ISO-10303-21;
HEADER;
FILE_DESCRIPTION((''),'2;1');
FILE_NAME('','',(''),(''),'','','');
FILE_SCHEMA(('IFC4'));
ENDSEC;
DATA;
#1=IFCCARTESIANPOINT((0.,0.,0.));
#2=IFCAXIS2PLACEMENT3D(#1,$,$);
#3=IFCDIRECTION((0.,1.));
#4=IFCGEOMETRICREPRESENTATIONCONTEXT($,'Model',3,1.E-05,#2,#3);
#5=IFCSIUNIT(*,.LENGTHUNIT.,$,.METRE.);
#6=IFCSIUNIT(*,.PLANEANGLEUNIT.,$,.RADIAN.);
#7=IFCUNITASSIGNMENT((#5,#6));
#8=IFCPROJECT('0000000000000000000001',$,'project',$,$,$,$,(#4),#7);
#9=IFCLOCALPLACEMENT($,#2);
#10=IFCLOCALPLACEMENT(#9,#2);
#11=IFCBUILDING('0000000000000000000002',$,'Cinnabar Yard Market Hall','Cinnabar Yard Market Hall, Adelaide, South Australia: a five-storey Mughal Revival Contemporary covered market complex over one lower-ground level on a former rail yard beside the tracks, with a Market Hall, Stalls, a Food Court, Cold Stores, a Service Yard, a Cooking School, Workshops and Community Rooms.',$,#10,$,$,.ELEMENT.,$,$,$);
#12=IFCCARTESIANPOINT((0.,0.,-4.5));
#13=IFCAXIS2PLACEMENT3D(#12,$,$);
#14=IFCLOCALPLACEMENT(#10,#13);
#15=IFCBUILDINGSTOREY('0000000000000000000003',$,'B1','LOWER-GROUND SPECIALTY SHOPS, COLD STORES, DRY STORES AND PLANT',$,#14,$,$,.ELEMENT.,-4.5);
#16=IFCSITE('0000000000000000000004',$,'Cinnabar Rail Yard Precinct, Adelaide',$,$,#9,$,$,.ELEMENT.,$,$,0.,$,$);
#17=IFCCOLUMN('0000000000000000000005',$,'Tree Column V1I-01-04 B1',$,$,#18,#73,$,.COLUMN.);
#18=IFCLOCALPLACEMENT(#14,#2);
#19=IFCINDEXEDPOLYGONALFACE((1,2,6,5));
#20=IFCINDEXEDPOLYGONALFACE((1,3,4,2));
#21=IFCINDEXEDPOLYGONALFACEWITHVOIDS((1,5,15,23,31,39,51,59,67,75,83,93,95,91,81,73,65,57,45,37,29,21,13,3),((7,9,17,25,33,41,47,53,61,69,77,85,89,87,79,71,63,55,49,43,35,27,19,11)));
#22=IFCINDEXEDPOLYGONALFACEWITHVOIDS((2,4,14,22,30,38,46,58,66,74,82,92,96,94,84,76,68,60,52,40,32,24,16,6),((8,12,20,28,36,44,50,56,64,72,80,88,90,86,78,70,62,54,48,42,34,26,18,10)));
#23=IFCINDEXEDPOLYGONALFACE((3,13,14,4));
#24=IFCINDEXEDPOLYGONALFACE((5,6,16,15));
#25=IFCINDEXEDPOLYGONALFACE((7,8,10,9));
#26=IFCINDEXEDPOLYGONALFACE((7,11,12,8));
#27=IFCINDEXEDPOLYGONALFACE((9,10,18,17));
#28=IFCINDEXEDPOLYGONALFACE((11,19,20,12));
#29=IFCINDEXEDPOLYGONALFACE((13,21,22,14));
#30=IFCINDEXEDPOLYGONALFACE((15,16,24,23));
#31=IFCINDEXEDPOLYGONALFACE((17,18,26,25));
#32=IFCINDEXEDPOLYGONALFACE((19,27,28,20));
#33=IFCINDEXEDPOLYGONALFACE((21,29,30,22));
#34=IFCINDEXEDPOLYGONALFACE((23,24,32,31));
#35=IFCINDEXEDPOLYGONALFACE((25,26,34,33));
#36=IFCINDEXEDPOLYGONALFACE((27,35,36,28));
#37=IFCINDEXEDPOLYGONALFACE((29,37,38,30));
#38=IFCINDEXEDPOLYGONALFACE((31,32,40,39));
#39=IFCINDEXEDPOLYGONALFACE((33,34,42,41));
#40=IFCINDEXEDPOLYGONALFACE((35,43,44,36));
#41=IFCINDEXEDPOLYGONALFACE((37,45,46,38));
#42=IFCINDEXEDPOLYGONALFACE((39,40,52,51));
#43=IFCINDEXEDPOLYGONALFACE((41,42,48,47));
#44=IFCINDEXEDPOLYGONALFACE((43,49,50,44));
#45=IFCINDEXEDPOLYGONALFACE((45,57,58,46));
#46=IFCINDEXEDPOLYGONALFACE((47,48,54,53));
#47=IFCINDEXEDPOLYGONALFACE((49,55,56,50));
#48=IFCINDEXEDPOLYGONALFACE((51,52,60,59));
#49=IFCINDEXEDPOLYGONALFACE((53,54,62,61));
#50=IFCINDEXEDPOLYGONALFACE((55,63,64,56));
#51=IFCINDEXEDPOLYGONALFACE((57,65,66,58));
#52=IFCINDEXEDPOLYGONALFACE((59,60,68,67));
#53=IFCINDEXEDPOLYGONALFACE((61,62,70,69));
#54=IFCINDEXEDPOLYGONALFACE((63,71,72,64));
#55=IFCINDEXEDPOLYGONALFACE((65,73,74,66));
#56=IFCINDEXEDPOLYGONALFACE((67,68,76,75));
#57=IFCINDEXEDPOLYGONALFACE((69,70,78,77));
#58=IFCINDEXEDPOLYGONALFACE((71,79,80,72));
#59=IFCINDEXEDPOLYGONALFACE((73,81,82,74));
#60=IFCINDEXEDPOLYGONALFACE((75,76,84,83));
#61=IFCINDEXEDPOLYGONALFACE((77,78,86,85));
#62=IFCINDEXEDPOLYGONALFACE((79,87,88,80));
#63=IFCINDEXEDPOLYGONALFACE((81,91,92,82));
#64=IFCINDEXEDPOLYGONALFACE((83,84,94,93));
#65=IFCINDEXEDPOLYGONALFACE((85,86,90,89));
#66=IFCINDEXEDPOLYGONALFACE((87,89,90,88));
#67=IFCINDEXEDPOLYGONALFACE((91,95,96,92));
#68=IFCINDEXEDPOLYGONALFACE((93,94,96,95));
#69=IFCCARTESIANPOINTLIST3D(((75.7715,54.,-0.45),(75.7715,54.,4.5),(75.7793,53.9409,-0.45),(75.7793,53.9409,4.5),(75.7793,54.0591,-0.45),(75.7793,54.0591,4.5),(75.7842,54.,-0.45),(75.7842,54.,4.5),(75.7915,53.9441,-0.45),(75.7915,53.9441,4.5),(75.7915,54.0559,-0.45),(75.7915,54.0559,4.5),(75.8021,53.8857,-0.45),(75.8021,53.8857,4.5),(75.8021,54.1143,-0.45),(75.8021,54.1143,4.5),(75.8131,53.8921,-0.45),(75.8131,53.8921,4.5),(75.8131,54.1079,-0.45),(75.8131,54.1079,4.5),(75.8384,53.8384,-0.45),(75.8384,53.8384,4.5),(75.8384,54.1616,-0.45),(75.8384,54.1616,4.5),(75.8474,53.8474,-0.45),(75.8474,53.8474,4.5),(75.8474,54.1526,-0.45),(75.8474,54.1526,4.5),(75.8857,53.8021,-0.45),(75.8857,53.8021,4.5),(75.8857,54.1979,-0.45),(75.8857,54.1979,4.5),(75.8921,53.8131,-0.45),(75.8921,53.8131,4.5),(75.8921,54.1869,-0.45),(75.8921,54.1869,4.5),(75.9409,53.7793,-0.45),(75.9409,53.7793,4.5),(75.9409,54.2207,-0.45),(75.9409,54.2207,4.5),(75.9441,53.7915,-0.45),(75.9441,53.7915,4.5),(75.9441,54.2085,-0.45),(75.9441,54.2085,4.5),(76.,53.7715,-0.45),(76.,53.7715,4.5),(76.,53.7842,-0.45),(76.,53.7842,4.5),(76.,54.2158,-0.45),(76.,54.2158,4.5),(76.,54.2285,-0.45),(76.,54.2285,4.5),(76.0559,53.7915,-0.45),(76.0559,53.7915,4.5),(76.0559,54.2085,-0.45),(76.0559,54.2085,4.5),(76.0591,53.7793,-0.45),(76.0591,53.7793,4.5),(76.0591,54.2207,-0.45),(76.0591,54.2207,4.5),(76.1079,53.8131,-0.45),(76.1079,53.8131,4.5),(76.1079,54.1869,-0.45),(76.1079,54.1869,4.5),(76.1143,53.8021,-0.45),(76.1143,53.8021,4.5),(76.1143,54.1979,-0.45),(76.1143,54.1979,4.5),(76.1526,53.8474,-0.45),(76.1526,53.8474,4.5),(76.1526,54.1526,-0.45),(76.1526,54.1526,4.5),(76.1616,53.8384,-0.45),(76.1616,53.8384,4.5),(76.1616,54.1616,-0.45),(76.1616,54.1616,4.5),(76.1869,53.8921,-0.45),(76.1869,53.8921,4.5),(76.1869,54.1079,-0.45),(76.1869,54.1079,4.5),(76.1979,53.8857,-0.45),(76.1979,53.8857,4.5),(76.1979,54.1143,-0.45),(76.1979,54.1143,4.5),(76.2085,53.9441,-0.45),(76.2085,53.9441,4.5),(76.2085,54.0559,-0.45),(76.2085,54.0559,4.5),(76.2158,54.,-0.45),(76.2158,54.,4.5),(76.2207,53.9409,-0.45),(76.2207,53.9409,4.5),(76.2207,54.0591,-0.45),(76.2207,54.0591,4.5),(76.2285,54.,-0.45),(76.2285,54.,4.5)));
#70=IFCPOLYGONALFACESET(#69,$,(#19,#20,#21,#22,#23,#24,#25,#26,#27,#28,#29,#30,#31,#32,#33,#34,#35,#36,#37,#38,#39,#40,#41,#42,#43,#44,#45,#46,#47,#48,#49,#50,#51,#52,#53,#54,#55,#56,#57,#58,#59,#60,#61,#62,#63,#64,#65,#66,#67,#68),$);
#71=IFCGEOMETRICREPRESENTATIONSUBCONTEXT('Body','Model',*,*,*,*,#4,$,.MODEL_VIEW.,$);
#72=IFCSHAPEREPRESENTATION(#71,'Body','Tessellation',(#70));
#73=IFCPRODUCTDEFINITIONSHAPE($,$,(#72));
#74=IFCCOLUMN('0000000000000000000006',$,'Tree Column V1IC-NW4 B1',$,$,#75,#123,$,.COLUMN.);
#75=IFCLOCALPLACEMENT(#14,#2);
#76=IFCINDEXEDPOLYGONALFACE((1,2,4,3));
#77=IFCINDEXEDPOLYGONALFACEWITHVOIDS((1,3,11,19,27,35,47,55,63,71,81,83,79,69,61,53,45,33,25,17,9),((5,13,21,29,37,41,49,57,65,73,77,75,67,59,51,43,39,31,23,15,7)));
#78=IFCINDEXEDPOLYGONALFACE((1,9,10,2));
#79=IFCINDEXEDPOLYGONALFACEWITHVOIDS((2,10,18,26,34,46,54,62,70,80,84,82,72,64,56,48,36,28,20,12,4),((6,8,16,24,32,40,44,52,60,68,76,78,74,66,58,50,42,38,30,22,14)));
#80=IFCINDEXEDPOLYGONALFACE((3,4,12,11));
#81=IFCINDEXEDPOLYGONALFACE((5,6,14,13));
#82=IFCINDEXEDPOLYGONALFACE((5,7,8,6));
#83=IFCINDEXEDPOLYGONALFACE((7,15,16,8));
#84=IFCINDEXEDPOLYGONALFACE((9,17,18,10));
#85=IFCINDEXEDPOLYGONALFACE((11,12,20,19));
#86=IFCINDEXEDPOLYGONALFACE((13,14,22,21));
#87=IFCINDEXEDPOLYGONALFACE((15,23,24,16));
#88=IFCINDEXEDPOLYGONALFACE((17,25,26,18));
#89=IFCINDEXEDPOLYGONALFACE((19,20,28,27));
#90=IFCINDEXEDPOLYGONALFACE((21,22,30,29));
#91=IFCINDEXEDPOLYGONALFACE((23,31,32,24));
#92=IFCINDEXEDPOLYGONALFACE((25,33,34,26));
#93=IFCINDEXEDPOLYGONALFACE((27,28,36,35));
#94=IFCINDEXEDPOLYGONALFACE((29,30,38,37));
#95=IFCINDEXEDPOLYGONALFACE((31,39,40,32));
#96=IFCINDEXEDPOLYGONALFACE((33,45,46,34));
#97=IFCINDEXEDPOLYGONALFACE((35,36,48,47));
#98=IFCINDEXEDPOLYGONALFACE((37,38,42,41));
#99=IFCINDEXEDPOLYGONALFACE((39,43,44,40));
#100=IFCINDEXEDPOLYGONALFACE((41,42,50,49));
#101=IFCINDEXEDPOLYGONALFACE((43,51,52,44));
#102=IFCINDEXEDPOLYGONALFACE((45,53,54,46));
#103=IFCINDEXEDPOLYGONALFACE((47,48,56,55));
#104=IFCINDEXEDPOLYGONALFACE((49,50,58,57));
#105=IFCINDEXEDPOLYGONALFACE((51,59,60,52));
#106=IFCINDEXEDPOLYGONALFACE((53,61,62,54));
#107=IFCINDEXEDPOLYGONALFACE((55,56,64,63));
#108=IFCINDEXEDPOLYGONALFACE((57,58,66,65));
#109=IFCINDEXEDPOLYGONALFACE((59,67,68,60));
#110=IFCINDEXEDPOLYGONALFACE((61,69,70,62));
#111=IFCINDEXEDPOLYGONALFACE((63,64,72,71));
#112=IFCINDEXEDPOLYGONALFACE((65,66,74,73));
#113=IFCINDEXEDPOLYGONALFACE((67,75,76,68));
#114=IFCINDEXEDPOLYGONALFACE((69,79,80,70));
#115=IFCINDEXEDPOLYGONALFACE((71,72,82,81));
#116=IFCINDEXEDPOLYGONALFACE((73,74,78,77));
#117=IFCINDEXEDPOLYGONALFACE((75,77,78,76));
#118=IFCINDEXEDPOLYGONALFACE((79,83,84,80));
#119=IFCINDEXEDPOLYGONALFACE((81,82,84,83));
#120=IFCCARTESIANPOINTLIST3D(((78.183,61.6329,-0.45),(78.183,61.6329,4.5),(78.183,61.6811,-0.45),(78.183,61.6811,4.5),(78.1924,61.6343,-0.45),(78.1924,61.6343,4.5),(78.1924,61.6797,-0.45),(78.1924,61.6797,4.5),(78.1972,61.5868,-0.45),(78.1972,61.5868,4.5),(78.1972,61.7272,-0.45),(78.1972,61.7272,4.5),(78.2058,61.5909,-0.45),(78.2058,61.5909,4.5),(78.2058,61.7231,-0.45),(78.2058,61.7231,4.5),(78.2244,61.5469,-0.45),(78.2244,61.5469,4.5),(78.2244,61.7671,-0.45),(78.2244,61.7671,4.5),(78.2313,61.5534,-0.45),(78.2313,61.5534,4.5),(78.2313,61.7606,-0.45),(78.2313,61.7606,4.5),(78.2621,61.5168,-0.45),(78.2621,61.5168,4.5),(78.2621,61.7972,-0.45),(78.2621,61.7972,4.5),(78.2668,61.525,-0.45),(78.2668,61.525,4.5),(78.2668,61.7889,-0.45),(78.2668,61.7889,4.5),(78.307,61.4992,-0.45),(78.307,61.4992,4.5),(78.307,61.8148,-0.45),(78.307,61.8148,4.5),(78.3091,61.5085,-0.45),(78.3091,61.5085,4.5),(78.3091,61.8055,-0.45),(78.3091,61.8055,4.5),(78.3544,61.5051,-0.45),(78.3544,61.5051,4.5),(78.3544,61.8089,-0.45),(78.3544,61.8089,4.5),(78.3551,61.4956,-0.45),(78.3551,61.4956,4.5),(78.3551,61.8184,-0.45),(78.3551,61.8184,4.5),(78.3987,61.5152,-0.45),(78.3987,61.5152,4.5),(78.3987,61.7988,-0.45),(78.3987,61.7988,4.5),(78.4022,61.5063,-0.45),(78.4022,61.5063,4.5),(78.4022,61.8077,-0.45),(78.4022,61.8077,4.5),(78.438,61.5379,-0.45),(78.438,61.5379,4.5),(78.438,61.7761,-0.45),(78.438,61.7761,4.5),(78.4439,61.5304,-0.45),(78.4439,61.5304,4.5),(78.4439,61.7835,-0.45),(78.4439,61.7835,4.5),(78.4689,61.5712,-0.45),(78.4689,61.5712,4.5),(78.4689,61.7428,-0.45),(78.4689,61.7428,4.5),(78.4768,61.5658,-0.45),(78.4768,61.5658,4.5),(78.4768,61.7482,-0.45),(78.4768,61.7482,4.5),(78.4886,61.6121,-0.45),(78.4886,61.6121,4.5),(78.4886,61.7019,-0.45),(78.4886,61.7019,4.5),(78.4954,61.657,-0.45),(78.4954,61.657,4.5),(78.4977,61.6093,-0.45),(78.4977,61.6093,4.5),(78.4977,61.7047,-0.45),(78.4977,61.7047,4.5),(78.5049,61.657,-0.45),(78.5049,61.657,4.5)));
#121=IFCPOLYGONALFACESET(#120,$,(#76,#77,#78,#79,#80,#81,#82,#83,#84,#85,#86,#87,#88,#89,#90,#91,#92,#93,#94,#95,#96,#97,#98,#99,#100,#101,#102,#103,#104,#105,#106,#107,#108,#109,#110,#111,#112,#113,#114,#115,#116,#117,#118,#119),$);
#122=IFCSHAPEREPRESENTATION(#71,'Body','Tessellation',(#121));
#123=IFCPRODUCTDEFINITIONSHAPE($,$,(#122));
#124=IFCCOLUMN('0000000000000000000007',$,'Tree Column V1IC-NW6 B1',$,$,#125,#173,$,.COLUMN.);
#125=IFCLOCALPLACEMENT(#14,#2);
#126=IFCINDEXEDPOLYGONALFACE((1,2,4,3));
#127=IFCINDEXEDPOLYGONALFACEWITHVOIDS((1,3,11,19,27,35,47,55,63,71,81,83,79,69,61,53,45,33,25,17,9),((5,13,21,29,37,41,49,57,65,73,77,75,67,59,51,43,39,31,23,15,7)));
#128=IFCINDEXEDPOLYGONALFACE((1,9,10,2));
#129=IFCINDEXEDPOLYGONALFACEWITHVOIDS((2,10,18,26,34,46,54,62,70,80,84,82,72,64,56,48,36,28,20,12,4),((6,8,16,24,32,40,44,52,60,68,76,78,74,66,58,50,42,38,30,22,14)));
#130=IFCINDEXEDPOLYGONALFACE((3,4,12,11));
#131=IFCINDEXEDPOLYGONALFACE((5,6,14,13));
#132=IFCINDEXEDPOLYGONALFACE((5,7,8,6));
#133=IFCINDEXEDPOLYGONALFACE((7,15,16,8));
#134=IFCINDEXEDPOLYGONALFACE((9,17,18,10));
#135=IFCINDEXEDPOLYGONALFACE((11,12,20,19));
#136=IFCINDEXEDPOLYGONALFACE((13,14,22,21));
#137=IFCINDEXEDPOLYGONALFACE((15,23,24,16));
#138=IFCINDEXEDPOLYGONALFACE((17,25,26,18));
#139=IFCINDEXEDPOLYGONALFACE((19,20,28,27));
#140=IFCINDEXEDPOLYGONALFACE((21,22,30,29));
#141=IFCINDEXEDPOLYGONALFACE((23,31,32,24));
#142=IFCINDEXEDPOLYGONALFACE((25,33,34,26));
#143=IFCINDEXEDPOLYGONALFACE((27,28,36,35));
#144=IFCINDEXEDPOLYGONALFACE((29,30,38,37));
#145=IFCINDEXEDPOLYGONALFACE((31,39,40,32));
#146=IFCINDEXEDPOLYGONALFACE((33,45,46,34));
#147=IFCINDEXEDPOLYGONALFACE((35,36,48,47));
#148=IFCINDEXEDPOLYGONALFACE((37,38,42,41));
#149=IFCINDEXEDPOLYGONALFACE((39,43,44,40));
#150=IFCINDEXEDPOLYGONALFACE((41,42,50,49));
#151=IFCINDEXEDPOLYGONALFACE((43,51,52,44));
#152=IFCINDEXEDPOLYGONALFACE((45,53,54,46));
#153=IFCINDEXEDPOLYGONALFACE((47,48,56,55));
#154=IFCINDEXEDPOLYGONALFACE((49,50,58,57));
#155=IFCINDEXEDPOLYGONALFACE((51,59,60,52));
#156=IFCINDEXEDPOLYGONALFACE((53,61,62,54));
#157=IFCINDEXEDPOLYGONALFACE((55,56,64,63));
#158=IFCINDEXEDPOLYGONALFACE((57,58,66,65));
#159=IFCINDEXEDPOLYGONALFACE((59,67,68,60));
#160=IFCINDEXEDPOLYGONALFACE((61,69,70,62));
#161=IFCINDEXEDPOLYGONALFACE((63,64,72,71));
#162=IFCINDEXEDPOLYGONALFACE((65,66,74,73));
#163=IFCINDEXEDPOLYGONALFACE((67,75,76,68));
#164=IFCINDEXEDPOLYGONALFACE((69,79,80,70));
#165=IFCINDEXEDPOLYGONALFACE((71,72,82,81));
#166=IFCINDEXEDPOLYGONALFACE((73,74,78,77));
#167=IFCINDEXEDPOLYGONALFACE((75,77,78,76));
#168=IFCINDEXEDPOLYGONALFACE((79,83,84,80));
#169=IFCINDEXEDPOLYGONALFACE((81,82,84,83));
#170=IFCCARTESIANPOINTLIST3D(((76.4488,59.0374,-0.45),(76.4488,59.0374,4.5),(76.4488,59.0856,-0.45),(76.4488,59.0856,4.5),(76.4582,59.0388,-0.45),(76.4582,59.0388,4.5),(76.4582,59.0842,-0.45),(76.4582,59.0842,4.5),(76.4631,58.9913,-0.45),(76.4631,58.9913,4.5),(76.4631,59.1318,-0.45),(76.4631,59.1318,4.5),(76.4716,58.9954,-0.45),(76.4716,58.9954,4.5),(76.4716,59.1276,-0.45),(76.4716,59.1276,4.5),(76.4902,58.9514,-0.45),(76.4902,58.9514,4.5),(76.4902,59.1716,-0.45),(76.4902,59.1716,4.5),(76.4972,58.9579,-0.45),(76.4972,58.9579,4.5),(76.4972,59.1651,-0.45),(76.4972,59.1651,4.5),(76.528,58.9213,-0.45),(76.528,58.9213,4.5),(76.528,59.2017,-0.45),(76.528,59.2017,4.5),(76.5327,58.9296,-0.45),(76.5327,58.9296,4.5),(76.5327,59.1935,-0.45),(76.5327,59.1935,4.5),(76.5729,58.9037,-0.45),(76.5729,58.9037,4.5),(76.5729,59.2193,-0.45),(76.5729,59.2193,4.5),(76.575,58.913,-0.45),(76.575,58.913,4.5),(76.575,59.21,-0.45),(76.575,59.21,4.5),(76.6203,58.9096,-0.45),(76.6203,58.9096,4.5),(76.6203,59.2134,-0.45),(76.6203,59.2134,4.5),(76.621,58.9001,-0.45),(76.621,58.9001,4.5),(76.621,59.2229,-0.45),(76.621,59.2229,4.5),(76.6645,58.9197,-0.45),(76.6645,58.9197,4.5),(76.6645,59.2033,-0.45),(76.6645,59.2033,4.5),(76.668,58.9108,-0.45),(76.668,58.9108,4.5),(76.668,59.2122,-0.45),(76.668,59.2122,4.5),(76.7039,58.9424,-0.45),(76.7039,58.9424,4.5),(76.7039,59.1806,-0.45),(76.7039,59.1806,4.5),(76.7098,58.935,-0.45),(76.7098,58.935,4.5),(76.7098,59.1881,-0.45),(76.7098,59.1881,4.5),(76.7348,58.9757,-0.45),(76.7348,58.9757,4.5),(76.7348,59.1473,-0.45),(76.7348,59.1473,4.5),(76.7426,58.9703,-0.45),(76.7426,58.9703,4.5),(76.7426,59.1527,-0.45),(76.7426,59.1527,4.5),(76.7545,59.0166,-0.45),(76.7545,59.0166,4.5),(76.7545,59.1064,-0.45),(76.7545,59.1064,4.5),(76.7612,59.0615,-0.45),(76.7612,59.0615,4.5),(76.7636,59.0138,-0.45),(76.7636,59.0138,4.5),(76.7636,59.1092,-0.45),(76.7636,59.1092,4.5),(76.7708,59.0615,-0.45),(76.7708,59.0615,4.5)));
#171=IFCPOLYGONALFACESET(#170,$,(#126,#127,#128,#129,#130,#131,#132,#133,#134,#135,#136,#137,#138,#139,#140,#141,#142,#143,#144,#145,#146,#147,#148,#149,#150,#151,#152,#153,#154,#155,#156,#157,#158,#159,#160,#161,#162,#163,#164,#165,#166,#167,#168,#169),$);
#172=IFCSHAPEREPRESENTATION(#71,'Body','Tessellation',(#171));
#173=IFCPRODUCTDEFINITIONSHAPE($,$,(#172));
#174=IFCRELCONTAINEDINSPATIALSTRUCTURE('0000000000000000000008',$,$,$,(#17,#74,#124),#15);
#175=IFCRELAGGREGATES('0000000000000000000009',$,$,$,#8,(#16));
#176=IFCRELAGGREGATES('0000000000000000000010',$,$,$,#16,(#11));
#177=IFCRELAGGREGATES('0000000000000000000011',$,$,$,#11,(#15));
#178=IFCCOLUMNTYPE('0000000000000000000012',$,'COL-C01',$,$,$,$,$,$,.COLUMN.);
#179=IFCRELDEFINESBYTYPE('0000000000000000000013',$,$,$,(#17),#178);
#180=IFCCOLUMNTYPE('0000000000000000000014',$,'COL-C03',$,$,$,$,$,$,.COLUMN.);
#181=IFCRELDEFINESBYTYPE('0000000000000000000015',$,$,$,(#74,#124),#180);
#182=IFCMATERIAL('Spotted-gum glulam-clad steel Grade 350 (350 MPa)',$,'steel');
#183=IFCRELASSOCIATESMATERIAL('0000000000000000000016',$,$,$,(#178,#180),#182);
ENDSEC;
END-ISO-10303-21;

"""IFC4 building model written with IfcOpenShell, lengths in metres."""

from ifc_helpers import new_model, si_unit, direction, frame, origin, origin_2d_with_axis, place, context, subcontext, project, spatial, hollow_circle, extrude, material, material_profile, profile_set, type_object, element, save


model = new_model("IFC4")

# Units and contexts
model_context = context("Model", 3, precision=1e-05, world=origin(), true_north=direction((0.0, 1.0)))
body_context = subcontext(model_context, "Body", "Model", "MODEL_VIEW")
ifc_project = project(units=[si_unit("LENGTHUNIT", "METRE"), si_unit("PLANEANGLEUNIT", "RADIAN")], contexts=[model_context])

# Site, building, storey
site_placement = place(None, origin())
site = spatial("IfcSite", under=ifc_project, at=site_placement, Name="Cinnabar Rail Yard Precinct, Adelaide", CompositionType="ELEMENT", RefElevation=0.0)
building_placement = place(site_placement, origin())
building = spatial("IfcBuilding", under=site, at=building_placement, Name="Cinnabar Yard Market Hall", Description="Cinnabar Yard Market Hall, Adelaide, South Australia: a five-storey Mughal Revival Contemporary covered market complex over one lower-ground level on a former rail yard beside the tracks, with a Market Hall, Stalls, a Food Court, Cold Stores, a Service Yard, a Cooking School, Workshops and Community Rooms.", CompositionType="ELEMENT")
storey_placement = place(building_placement, frame((0.0, 0.0, -4.5)))
storey = spatial("IfcBuildingStorey", under=building, at=storey_placement, Name="B1", Description="LOWER-GROUND SPECIALTY SHOPS, COLD STORES, DRY STORES AND PLANT", CompositionType="ELEMENT", Elevation=-4.5)

# Columns
ifc_material_1 = material(Name="Spotted-gum glulam-clad steel Grade 350 (350 MPa)", Category="steel")
ifc_material_profile_1 = material_profile(ifc_material_1, hollow_circle(Radius=0.2285, WallThickness=0.0127, at=origin_2d_with_axis()), Name="457.0x12.7CHS")
ifc_profile_set_1 = profile_set([ifc_material_profile_1], Name="Spotted-gum glulam-clad steel Grade 350 (350 MPa)")
column_type_1 = type_object("IfcColumnType", Name="COL-C01", PredefinedType="COLUMN", material=ifc_profile_set_1)
for number, where, z_axis, x_axis, name in (
    (1, (76.0, 54.0, -0.45), (0.0, 0.0, 1.0), (1.0, 0.0, 0.0), "Tree Column V1I-01-04 B1"),
):
    element("IfcColumn", number, at=place(storey_placement, frame(where, z_axis=z_axis, x_axis=x_axis)), inside=storey, type_object=column_type_1, Name=name, PredefinedType="COLUMN", context=body_context, shape_type="SweptSolid", body=[
        extrude(hollow_circle(Radius=0.2285, WallThickness=0.0127, at=origin_2d_with_axis()), origin(), (0.0, 0.0, 1.0), 4.95),
    ])
ifc_material_profile_2 = material_profile(ifc_material_1, hollow_circle(Radius=0.1619, WallThickness=0.0095, at=origin_2d_with_axis()), Name="323.9x9.5CHS")
ifc_profile_set_2 = profile_set([ifc_material_profile_2], Name="Spotted-gum glulam-clad steel Grade 350 (350 MPa)")
column_type_2 = type_object("IfcColumnType", Name="COL-C03", PredefinedType="COLUMN", material=ifc_profile_set_2)
for number, where, z_axis, x_axis, name in (
    (2, (78.343, 61.657, -0.45), (0.0, 0.0, 1.0), (1.0, 0.0, 0.0), "Tree Column V1IC-NW4 B1"),
    (3, (76.6089, 59.0615, -0.45), (0.0, 0.0, 1.0), (1.0, 0.0, 0.0), "Tree Column V1IC-NW6 B1"),
):
    element("IfcColumn", number, at=place(storey_placement, frame(where, z_axis=z_axis, x_axis=x_axis)), inside=storey, type_object=column_type_2, Name=name, PredefinedType="COLUMN", context=body_context, shape_type="SweptSolid", body=[
        extrude(hollow_circle(Radius=0.1619, WallThickness=0.0095, at=origin_2d_with_axis()), origin(), (0.0, 0.0, 1.0), 4.95),
    ])

save(model, "model.ifc")
